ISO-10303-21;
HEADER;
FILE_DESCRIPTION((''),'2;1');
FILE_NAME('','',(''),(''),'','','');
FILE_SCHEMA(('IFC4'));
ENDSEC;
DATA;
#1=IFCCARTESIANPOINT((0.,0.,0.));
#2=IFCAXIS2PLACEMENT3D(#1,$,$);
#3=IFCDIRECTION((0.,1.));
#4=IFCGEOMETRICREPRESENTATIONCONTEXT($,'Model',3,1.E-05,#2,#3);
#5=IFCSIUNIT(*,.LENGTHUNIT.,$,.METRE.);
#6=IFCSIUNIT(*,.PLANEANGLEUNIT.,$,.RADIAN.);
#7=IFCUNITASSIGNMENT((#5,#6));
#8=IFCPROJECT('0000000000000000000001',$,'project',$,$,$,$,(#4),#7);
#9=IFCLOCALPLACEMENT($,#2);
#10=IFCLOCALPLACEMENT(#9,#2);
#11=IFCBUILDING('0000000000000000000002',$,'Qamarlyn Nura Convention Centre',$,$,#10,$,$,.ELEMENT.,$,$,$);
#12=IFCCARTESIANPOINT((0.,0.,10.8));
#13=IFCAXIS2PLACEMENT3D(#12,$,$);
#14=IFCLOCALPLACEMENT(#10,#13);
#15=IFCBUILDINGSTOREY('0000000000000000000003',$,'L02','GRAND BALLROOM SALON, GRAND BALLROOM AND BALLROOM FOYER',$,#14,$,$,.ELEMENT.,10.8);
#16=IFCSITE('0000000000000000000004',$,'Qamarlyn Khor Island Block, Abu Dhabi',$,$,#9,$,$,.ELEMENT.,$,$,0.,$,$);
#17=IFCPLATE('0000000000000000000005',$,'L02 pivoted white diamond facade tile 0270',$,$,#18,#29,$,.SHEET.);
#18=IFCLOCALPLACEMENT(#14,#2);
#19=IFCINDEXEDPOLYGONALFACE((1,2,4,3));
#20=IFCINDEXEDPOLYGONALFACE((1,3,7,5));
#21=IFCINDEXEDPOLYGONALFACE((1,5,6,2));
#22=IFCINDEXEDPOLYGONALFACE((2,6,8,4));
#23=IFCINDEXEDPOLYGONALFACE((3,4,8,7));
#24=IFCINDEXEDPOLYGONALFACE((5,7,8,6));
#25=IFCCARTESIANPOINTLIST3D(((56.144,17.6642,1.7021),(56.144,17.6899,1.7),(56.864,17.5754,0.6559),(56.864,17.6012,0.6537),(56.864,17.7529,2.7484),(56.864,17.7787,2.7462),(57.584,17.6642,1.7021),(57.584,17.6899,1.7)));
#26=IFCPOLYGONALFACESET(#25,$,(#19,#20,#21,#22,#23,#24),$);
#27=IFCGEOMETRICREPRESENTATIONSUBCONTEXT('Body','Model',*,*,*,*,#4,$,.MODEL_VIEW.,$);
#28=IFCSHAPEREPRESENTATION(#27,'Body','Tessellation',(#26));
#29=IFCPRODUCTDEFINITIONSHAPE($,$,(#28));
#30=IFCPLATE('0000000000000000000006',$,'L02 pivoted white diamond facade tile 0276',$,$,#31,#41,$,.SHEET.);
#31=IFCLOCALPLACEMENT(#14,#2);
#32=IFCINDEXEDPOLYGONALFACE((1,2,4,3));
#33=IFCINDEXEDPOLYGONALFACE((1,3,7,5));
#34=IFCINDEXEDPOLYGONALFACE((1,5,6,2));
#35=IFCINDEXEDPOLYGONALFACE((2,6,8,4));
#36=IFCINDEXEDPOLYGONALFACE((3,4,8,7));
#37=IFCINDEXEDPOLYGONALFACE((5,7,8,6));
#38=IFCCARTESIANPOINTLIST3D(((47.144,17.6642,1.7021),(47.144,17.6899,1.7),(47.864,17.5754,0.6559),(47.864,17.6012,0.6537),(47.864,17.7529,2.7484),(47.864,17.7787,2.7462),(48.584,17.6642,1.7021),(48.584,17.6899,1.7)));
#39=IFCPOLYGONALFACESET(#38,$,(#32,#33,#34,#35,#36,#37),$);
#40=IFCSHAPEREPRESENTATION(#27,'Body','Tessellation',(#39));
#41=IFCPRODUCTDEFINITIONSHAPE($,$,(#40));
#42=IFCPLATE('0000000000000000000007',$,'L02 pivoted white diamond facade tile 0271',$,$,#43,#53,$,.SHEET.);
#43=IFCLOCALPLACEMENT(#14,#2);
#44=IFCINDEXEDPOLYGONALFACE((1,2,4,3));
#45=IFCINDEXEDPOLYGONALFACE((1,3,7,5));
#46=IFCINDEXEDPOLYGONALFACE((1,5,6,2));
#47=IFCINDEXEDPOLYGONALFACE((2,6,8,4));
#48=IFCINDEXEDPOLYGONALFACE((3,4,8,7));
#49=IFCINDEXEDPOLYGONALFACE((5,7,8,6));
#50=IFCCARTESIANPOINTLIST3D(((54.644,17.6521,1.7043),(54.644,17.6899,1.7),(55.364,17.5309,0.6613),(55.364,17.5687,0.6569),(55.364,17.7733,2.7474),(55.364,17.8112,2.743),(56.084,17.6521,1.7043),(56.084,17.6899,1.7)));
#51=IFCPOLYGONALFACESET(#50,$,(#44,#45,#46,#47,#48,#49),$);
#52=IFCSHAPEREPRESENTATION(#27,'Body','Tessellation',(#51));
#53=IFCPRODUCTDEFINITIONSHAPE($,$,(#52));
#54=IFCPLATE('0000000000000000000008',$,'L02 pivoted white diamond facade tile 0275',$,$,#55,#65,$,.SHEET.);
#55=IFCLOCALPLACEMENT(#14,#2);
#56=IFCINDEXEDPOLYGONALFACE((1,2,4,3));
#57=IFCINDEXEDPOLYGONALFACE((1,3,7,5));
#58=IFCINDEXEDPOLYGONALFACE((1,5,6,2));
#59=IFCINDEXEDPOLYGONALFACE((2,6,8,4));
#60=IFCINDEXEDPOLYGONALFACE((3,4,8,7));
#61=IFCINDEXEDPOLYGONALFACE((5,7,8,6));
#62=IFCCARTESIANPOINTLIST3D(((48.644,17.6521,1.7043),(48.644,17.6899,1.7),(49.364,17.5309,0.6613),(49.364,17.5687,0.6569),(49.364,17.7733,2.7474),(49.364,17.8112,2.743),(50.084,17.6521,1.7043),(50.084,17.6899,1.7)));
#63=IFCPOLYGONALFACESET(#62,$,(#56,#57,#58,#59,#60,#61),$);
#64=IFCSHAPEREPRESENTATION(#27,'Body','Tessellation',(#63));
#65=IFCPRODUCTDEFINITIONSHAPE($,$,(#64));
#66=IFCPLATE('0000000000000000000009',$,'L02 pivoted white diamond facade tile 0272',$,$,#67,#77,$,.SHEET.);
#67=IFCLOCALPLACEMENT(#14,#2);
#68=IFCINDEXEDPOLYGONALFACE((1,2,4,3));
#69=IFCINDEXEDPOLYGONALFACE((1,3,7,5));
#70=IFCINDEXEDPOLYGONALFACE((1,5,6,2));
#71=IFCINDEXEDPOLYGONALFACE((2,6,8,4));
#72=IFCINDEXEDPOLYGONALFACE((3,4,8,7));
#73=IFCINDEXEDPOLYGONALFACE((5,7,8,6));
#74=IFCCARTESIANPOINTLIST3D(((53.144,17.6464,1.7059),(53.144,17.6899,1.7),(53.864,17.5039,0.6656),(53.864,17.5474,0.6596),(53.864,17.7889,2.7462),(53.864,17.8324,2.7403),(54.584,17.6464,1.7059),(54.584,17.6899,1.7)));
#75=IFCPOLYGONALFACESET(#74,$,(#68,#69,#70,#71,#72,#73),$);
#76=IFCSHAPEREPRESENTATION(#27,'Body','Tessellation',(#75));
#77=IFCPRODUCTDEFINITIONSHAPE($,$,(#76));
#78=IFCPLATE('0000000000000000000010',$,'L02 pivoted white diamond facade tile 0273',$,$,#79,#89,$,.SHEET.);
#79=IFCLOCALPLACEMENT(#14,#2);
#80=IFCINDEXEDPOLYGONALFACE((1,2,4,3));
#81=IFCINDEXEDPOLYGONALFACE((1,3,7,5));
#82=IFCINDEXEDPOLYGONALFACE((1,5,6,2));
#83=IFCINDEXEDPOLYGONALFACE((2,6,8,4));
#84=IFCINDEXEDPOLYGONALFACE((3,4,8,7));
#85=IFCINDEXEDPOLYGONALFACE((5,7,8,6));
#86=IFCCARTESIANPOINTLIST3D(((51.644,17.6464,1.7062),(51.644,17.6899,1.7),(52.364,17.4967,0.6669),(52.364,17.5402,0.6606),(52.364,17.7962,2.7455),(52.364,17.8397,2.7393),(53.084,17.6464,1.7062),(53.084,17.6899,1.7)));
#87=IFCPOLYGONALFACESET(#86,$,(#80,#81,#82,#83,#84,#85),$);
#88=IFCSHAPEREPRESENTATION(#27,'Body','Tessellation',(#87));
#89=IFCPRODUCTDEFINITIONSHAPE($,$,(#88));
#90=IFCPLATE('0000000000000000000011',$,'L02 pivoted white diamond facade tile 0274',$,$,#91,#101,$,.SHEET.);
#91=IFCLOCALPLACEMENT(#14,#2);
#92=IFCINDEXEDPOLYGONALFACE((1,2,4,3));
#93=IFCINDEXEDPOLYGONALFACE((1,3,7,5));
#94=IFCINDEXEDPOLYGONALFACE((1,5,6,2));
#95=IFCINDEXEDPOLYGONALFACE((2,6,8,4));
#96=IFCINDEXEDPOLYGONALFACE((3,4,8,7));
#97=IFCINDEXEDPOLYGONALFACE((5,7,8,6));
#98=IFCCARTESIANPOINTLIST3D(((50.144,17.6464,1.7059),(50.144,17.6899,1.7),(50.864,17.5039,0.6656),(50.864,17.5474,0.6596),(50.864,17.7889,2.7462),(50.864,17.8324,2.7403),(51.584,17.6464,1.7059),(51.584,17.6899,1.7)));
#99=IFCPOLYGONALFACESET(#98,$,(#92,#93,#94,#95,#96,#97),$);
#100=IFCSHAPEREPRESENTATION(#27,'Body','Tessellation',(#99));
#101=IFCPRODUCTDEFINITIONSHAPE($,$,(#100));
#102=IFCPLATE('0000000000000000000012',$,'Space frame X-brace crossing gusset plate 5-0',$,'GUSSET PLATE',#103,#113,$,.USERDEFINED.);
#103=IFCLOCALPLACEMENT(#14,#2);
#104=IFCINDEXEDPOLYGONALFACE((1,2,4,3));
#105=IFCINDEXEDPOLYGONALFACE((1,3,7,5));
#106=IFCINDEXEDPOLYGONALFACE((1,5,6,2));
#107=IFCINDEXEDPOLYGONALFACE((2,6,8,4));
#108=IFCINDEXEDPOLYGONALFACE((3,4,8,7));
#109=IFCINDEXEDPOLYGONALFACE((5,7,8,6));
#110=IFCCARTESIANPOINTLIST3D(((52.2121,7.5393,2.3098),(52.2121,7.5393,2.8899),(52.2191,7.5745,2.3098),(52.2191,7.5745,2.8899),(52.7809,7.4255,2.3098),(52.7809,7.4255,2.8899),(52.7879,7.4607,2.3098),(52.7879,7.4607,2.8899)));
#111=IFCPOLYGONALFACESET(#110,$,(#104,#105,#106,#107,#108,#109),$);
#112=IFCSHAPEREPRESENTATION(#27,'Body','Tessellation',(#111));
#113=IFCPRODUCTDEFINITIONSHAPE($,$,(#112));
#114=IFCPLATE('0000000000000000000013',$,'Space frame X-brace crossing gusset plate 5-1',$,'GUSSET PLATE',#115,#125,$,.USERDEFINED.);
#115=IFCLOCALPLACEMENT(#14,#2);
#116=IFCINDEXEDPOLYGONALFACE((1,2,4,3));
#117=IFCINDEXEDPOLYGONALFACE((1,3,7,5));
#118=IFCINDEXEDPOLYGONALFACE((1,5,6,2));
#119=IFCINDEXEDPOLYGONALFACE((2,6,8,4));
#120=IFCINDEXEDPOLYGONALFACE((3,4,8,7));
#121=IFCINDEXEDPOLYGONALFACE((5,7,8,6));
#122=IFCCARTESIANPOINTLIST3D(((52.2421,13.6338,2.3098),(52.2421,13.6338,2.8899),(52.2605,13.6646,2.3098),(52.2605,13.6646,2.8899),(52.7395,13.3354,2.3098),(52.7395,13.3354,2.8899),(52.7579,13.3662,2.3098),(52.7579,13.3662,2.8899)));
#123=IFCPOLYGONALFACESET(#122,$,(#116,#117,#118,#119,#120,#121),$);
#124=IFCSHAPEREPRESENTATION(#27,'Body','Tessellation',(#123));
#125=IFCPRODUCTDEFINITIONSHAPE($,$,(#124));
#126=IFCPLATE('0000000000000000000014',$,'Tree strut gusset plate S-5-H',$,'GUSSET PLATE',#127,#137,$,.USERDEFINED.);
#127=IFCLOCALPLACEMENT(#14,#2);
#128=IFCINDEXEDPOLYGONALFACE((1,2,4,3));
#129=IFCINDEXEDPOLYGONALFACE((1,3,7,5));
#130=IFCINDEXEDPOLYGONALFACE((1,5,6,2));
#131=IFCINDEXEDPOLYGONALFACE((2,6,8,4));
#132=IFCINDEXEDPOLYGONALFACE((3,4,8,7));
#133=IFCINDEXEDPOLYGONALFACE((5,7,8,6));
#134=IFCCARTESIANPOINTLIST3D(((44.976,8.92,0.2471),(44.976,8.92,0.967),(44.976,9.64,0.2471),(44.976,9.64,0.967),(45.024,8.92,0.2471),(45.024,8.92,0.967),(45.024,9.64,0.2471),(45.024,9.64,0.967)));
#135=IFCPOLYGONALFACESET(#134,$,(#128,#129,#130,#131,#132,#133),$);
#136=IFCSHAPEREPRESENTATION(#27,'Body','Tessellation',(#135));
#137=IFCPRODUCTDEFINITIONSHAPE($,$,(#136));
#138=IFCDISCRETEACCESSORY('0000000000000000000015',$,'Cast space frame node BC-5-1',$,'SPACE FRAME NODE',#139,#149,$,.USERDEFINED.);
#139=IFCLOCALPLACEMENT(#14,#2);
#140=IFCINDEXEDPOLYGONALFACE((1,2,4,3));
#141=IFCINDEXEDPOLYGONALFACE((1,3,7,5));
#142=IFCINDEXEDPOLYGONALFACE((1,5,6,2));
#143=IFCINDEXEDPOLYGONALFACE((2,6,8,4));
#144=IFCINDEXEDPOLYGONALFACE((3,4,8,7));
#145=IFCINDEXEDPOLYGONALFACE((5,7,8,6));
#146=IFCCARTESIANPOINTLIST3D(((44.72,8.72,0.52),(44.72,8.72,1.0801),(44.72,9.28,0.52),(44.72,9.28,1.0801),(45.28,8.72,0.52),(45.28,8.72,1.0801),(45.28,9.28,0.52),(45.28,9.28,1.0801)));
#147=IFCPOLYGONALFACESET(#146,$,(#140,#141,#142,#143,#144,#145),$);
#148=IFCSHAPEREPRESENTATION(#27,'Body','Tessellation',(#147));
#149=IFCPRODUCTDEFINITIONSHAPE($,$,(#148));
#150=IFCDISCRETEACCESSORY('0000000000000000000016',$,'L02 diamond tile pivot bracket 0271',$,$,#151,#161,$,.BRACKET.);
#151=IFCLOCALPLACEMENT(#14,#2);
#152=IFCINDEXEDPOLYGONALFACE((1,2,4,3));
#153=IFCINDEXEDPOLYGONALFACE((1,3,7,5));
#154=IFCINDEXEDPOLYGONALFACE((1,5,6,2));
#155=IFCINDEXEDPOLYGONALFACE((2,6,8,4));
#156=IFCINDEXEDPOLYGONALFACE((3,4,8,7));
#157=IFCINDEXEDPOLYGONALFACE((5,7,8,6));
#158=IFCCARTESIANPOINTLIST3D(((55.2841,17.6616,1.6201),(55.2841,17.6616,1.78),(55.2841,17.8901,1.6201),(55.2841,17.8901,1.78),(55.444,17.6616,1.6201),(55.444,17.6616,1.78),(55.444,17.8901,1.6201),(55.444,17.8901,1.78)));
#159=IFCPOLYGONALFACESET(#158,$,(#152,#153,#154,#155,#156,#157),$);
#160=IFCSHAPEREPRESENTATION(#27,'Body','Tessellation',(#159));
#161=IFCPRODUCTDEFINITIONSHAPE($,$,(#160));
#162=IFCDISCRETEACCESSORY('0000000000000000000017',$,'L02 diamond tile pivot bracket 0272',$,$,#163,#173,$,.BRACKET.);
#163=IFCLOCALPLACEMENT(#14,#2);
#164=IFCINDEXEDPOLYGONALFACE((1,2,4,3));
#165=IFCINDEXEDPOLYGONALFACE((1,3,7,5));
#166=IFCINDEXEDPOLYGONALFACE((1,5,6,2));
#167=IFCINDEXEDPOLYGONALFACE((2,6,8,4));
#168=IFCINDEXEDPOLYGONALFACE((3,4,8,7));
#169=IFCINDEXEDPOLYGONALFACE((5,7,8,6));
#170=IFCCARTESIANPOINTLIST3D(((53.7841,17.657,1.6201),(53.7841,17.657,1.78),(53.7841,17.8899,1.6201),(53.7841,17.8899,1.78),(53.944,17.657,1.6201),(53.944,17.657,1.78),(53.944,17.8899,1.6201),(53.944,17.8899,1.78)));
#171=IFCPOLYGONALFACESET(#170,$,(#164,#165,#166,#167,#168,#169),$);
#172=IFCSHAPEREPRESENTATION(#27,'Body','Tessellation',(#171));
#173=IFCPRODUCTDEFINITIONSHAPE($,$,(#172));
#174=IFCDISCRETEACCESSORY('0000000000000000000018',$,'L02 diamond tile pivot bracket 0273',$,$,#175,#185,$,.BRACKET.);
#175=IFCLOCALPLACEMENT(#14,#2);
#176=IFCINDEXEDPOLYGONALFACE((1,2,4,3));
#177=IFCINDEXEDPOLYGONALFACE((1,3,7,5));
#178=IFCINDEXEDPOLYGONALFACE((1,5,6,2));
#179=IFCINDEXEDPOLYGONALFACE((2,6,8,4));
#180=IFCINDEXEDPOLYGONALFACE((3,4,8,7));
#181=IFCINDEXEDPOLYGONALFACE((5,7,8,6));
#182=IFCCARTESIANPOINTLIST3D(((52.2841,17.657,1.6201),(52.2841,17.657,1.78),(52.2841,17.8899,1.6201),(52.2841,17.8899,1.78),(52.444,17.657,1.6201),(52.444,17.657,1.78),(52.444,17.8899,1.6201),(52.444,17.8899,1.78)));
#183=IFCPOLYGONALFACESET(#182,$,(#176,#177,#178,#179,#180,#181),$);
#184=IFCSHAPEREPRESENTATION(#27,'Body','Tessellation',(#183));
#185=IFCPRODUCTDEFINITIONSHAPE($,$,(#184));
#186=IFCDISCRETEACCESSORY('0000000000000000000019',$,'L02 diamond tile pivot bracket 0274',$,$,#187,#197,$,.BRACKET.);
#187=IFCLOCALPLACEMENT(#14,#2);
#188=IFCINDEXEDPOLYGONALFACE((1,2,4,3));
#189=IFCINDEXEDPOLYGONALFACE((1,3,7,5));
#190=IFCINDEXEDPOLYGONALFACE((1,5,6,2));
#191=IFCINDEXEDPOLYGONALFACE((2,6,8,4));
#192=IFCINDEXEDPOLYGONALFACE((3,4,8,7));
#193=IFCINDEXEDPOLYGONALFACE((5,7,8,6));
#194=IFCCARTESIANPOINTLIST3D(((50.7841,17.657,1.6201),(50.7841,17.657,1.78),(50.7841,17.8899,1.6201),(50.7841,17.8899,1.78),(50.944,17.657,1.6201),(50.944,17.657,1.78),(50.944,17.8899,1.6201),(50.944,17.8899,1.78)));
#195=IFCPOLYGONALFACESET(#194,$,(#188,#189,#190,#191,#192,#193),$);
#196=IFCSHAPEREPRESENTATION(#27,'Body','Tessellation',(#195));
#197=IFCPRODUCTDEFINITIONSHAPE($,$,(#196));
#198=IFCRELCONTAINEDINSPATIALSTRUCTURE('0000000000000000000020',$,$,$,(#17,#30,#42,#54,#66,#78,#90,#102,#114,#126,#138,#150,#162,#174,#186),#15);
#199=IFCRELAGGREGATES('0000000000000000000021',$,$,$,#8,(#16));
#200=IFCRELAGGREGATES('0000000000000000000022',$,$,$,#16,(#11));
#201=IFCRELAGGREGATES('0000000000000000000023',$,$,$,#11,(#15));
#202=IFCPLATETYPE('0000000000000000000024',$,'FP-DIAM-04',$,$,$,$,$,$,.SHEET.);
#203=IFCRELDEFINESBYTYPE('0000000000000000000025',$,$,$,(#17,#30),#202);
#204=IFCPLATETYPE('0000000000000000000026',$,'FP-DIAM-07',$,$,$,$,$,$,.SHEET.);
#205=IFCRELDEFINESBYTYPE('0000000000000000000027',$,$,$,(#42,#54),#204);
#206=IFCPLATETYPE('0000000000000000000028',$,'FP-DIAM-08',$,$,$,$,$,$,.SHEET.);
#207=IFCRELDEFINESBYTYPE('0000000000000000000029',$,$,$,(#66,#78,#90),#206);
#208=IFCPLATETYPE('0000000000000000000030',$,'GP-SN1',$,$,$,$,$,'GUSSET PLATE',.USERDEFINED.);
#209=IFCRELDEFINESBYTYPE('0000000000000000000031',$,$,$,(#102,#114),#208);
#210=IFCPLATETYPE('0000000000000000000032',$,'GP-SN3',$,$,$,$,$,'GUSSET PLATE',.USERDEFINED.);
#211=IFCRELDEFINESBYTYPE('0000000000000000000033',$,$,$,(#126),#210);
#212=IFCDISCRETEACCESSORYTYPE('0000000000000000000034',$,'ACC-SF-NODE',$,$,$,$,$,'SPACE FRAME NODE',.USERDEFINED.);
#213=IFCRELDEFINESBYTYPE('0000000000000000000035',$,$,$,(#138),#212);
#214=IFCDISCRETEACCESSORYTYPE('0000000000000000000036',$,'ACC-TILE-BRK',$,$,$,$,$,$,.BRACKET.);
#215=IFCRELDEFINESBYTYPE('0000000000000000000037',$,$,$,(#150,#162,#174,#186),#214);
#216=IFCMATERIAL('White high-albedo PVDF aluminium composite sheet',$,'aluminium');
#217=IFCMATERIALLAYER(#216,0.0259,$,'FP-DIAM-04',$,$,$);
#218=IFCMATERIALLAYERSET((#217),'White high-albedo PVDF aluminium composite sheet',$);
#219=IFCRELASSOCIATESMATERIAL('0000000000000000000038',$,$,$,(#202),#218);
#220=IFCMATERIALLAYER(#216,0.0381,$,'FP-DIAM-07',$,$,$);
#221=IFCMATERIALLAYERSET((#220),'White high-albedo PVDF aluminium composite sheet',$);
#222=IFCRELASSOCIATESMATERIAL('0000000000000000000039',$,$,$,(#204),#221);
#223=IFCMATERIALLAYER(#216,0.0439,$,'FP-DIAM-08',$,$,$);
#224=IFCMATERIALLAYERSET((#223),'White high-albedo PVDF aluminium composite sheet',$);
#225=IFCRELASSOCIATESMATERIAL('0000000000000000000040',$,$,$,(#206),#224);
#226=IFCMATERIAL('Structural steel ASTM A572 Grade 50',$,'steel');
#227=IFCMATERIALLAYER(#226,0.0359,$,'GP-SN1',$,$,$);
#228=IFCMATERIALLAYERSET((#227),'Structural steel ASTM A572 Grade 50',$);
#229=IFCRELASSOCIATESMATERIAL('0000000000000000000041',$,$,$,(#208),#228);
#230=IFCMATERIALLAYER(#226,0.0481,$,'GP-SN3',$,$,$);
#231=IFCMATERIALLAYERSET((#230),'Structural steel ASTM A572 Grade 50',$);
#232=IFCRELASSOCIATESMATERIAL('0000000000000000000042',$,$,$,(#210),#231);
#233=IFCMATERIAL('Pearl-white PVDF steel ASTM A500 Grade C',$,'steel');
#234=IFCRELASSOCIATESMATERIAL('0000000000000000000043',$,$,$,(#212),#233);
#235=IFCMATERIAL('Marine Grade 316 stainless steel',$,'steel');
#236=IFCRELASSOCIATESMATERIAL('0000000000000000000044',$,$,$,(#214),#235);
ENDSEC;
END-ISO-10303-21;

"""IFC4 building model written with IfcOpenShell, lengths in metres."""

from ifc_helpers import new_model, si_unit, direction, frame, origin, origin_2d, place, context, subcontext, project, spatial, polyline, rectangle, outline, extrude, material, layer, layer_set, type_object, element, save


model = new_model("IFC4")

# Units and contexts
model_context = context("Model", 3, precision=1e-05, world=origin(), true_north=direction((0.0, 1.0)))
body_context = subcontext(model_context, "Body", "Model", "MODEL_VIEW")
ifc_project = project(units=[si_unit("LENGTHUNIT", "METRE"), si_unit("PLANEANGLEUNIT", "RADIAN")], contexts=[model_context])

# Site, building, storey
site_placement = place(None, origin())
site = spatial("IfcSite", under=ifc_project, at=site_placement, Name="Qamarlyn Khor Island Block, Abu Dhabi", CompositionType="ELEMENT", RefElevation=0.0)
building_placement = place(site_placement, origin())
building = spatial("IfcBuilding", under=site, at=building_placement, Name="Qamarlyn Nura Convention Centre", CompositionType="ELEMENT")
storey_placement = place(building_placement, frame((0.0, 0.0, 10.8)))
storey = spatial("IfcBuildingStorey", under=building, at=storey_placement, Name="L02", Description="GRAND BALLROOM SALON, GRAND BALLROOM AND BALLROOM FOYER", CompositionType="ELEMENT", Elevation=10.8)

# Shared definitions
ifc_material_1 = material(Name="Pearl-white PVDF steel ASTM A500 Grade C", Category="steel")

# Plates
ifc_material_2 = material(Name="White high-albedo PVDF aluminium composite sheet", Category="aluminium")
ifc_layer_1 = layer(ifc_material_2, 0.0259, Name="FP-DIAM-04")
ifc_layer_set_1 = layer_set([ifc_layer_1], Name="White high-albedo PVDF aluminium composite sheet")
plate_type_1 = type_object("IfcPlateType", Name="FP-DIAM-04", PredefinedType="SHEET", material=ifc_layer_set_1)
for number, where, z_axis, x_axis, name in (
    (1, (56.864, 17.6899, 1.7), (0.0, -0.996419, 0.084547), (1.0, 0.0, 0.0), "L02 pivoted white diamond facade tile 0270"),
    (2, (47.864, 17.6899, 1.7), (0.0, -0.996419, 0.084547), (1.0, 0.0, 0.0), "L02 pivoted white diamond facade tile 0276"),
):
    element("IfcPlate", number, at=place(storey_placement, frame(where, z_axis=z_axis, x_axis=x_axis)), inside=storey, type_object=plate_type_1, Name=name, PredefinedType="SHEET", context=body_context, shape_type="SweptSolid", body=[
        extrude(outline(polyline([(-0.72, 0.0), (0.0, -1.05), (0.72, 0.0), (0.0, 1.05), (-0.72, 0.0)])), origin(), (0.0, 0.0, 1.0), 0.0259),
    ])
ifc_layer_2 = layer(ifc_material_2, 0.0381, Name="FP-DIAM-07")
ifc_layer_set_2 = layer_set([ifc_layer_2], Name="White high-albedo PVDF aluminium composite sheet")
plate_type_2 = type_object("IfcPlateType", Name="FP-DIAM-07", PredefinedType="SHEET", material=ifc_layer_set_2)
for number, where, z_axis, x_axis, name in (
    (3, (55.364, 17.6899, 1.7), (0.0, -0.993312, 0.115457), (1.0, 0.0, 0.0), "L02 pivoted white diamond facade tile 0271"),
    (4, (49.364, 17.6899, 1.7), (0.0, -0.993312, 0.115457), (1.0, 0.0, 0.0), "L02 pivoted white diamond facade tile 0275"),
):
    element("IfcPlate", number, at=place(storey_placement, frame(where, z_axis=z_axis, x_axis=x_axis)), inside=storey, type_object=plate_type_2, Name=name, PredefinedType="SHEET", context=body_context, shape_type="SweptSolid", body=[
        extrude(outline(polyline([(-0.72, 0.0), (0.0, -1.05), (0.72, 0.0), (0.0, 1.05), (-0.72, 0.0)])), origin(), (0.0, 0.0, 1.0), 0.0381),
    ])
ifc_layer_3 = layer(ifc_material_2, 0.0439, Name="FP-DIAM-08")
ifc_layer_set_3 = layer_set([ifc_layer_3], Name="White high-albedo PVDF aluminium composite sheet")
plate_type_3 = type_object("IfcPlateType", Name="FP-DIAM-08", PredefinedType="SHEET", material=ifc_layer_set_3)
for number, where, z_axis, x_axis, name in (
    (5, (53.864, 17.6899, 1.7), (0.0, -0.990748, 0.135716), (1.0, 0.0, 0.0), "L02 pivoted white diamond facade tile 0272"),
    (6, (52.364, 17.6899, 1.7), (0.0, -0.989776, 0.142629), (1.0, 0.0, 0.0), "L02 pivoted white diamond facade tile 0273"),
    (7, (50.864, 17.6899, 1.7), (0.0, -0.990748, 0.135716), (1.0, 0.0, 0.0), "L02 pivoted white diamond facade tile 0274"),
):
    element("IfcPlate", number, at=place(storey_placement, frame(where, z_axis=z_axis, x_axis=x_axis)), inside=storey, type_object=plate_type_3, Name=name, PredefinedType="SHEET", context=body_context, shape_type="SweptSolid", body=[
        extrude(outline(polyline([(-0.72, 0.0), (0.0, -1.05), (0.72, 0.0), (0.0, 1.05), (-0.72, 0.0)])), origin(), (0.0, 0.0, 1.0), 0.0439),
    ])
ifc_material_3 = material(Name="Structural steel ASTM A572 Grade 50", Category="steel")
ifc_layer_4 = layer(ifc_material_3, 0.0359, Name="GP-SN1")
ifc_layer_set_4 = layer_set([ifc_layer_4], Name="Structural steel ASTM A572 Grade 50")
plate_type_4 = type_object("IfcPlateType", Name="GP-SN1", ElementType="GUSSET PLATE", PredefinedType="USERDEFINED", material=ifc_layer_set_4)
for number, where, z_axis, x_axis, name in (
    (8, (52.5, 7.5, 2.3098), (0.0, 0.0, 1.0), (-0.980581, 0.196116, 0.0), "Space frame X-brace crossing gusset plate 5-0"),
    (9, (52.5, 13.5, 2.3098), (0.0, 0.0, 1.0), (-0.857493, 0.514496, 0.0), "Space frame X-brace crossing gusset plate 5-1"),
):
    element("IfcPlate", number, at=place(storey_placement, frame(where, z_axis=z_axis, x_axis=x_axis)), inside=storey, type_object=plate_type_4, Name=name, ObjectType="GUSSET PLATE", PredefinedType="USERDEFINED", context=body_context, shape_type="SweptSolid", body=[
        extrude(rectangle(XDim=0.5801, YDim=0.0359, at=origin_2d()), origin(), (0.0, 0.0, 1.0), 0.5801),
    ])
ifc_layer_5 = layer(ifc_material_3, 0.0481, Name="GP-SN3")
ifc_layer_set_5 = layer_set([ifc_layer_5], Name="Structural steel ASTM A572 Grade 50")
plate_type_5 = type_object("IfcPlateType", Name="GP-SN3", ElementType="GUSSET PLATE", PredefinedType="USERDEFINED", material=ifc_layer_set_5)
plate_placement = place(storey_placement, frame((45.0, 9.28, 0.2471), z_axis=(0.0, 0.0, 1.0), x_axis=(0.0, 1.0, 0.0)))
element("IfcPlate", 10, at=plate_placement, inside=storey, type_object=plate_type_5, Name="Tree strut gusset plate S-5-H", ObjectType="GUSSET PLATE", PredefinedType="USERDEFINED", context=body_context, shape_type="SweptSolid", body=[
    extrude(rectangle(XDim=0.72, YDim=0.0481, at=origin_2d()), origin(), (0.0, 0.0, 1.0), 0.72),
])

# Discrete accessories
discrete_accessory_type_1 = type_object("IfcDiscreteAccessoryType", Name="ACC-SF-NODE", ElementType="SPACE FRAME NODE", PredefinedType="USERDEFINED", material=ifc_material_1)
discrete_accessory_1_placement = place(storey_placement, frame((45.0, 9.0, 0.52), z_axis=(0.0, 0.0, 1.0), x_axis=(1.0, 0.0, 0.0)))
element("IfcDiscreteAccessory", 11, at=discrete_accessory_1_placement, inside=storey, type_object=discrete_accessory_type_1, Name="Cast space frame node BC-5-1", ObjectType="SPACE FRAME NODE", PredefinedType="USERDEFINED", context=body_context, shape_type="SweptSolid", body=[
    extrude(rectangle(XDim=0.5601, YDim=0.5601, at=origin_2d()), origin(), (0.0, 0.0, 1.0), 0.5601),
])
ifc_material_4 = material(Name="Marine Grade 316 stainless steel", Category="steel")
discrete_accessory_type_2 = type_object("IfcDiscreteAccessoryType", Name="ACC-TILE-BRK", PredefinedType="BRACKET", material=ifc_material_4)
discrete_accessory_2_placement = place(storey_placement, frame((55.364, 17.7759, 1.6201), z_axis=(0.0, 0.0, 1.0), x_axis=(0.0, -1.0, 0.0)))
element("IfcDiscreteAccessory", 12, at=discrete_accessory_2_placement, inside=storey, type_object=discrete_accessory_type_2, Name="L02 diamond tile pivot bracket 0271", PredefinedType="BRACKET", context=body_context, shape_type="SweptSolid", body=[
    extrude(rectangle(XDim=0.2285, YDim=0.1599, at=origin_2d()), origin(), (0.0, 0.0, 1.0), 0.1599),
])
for number, where, z_axis, x_axis, name in (
    (13, (53.864, 17.7734, 1.6201), (0.0, 0.0, 1.0), (0.0, -1.0, 0.0), "L02 diamond tile pivot bracket 0272"),
    (14, (52.364, 17.7734, 1.6201), (0.0, 0.0, 1.0), (0.0, -1.0, 0.0), "L02 diamond tile pivot bracket 0273"),
    (15, (50.864, 17.7734, 1.6201), (0.0, 0.0, 1.0), (0.0, -1.0, 0.0), "L02 diamond tile pivot bracket 0274"),
):
    element("IfcDiscreteAccessory", number, at=place(storey_placement, frame(where, z_axis=z_axis, x_axis=x_axis)), inside=storey, type_object=discrete_accessory_type_2, Name=name, PredefinedType="BRACKET", context=body_context, shape_type="SweptSolid", body=[
        extrude(rectangle(XDim=0.2329, YDim=0.1599, at=origin_2d()), origin(), (0.0, 0.0, 1.0), 0.1599),
    ])

save(model, "model.ifc")
